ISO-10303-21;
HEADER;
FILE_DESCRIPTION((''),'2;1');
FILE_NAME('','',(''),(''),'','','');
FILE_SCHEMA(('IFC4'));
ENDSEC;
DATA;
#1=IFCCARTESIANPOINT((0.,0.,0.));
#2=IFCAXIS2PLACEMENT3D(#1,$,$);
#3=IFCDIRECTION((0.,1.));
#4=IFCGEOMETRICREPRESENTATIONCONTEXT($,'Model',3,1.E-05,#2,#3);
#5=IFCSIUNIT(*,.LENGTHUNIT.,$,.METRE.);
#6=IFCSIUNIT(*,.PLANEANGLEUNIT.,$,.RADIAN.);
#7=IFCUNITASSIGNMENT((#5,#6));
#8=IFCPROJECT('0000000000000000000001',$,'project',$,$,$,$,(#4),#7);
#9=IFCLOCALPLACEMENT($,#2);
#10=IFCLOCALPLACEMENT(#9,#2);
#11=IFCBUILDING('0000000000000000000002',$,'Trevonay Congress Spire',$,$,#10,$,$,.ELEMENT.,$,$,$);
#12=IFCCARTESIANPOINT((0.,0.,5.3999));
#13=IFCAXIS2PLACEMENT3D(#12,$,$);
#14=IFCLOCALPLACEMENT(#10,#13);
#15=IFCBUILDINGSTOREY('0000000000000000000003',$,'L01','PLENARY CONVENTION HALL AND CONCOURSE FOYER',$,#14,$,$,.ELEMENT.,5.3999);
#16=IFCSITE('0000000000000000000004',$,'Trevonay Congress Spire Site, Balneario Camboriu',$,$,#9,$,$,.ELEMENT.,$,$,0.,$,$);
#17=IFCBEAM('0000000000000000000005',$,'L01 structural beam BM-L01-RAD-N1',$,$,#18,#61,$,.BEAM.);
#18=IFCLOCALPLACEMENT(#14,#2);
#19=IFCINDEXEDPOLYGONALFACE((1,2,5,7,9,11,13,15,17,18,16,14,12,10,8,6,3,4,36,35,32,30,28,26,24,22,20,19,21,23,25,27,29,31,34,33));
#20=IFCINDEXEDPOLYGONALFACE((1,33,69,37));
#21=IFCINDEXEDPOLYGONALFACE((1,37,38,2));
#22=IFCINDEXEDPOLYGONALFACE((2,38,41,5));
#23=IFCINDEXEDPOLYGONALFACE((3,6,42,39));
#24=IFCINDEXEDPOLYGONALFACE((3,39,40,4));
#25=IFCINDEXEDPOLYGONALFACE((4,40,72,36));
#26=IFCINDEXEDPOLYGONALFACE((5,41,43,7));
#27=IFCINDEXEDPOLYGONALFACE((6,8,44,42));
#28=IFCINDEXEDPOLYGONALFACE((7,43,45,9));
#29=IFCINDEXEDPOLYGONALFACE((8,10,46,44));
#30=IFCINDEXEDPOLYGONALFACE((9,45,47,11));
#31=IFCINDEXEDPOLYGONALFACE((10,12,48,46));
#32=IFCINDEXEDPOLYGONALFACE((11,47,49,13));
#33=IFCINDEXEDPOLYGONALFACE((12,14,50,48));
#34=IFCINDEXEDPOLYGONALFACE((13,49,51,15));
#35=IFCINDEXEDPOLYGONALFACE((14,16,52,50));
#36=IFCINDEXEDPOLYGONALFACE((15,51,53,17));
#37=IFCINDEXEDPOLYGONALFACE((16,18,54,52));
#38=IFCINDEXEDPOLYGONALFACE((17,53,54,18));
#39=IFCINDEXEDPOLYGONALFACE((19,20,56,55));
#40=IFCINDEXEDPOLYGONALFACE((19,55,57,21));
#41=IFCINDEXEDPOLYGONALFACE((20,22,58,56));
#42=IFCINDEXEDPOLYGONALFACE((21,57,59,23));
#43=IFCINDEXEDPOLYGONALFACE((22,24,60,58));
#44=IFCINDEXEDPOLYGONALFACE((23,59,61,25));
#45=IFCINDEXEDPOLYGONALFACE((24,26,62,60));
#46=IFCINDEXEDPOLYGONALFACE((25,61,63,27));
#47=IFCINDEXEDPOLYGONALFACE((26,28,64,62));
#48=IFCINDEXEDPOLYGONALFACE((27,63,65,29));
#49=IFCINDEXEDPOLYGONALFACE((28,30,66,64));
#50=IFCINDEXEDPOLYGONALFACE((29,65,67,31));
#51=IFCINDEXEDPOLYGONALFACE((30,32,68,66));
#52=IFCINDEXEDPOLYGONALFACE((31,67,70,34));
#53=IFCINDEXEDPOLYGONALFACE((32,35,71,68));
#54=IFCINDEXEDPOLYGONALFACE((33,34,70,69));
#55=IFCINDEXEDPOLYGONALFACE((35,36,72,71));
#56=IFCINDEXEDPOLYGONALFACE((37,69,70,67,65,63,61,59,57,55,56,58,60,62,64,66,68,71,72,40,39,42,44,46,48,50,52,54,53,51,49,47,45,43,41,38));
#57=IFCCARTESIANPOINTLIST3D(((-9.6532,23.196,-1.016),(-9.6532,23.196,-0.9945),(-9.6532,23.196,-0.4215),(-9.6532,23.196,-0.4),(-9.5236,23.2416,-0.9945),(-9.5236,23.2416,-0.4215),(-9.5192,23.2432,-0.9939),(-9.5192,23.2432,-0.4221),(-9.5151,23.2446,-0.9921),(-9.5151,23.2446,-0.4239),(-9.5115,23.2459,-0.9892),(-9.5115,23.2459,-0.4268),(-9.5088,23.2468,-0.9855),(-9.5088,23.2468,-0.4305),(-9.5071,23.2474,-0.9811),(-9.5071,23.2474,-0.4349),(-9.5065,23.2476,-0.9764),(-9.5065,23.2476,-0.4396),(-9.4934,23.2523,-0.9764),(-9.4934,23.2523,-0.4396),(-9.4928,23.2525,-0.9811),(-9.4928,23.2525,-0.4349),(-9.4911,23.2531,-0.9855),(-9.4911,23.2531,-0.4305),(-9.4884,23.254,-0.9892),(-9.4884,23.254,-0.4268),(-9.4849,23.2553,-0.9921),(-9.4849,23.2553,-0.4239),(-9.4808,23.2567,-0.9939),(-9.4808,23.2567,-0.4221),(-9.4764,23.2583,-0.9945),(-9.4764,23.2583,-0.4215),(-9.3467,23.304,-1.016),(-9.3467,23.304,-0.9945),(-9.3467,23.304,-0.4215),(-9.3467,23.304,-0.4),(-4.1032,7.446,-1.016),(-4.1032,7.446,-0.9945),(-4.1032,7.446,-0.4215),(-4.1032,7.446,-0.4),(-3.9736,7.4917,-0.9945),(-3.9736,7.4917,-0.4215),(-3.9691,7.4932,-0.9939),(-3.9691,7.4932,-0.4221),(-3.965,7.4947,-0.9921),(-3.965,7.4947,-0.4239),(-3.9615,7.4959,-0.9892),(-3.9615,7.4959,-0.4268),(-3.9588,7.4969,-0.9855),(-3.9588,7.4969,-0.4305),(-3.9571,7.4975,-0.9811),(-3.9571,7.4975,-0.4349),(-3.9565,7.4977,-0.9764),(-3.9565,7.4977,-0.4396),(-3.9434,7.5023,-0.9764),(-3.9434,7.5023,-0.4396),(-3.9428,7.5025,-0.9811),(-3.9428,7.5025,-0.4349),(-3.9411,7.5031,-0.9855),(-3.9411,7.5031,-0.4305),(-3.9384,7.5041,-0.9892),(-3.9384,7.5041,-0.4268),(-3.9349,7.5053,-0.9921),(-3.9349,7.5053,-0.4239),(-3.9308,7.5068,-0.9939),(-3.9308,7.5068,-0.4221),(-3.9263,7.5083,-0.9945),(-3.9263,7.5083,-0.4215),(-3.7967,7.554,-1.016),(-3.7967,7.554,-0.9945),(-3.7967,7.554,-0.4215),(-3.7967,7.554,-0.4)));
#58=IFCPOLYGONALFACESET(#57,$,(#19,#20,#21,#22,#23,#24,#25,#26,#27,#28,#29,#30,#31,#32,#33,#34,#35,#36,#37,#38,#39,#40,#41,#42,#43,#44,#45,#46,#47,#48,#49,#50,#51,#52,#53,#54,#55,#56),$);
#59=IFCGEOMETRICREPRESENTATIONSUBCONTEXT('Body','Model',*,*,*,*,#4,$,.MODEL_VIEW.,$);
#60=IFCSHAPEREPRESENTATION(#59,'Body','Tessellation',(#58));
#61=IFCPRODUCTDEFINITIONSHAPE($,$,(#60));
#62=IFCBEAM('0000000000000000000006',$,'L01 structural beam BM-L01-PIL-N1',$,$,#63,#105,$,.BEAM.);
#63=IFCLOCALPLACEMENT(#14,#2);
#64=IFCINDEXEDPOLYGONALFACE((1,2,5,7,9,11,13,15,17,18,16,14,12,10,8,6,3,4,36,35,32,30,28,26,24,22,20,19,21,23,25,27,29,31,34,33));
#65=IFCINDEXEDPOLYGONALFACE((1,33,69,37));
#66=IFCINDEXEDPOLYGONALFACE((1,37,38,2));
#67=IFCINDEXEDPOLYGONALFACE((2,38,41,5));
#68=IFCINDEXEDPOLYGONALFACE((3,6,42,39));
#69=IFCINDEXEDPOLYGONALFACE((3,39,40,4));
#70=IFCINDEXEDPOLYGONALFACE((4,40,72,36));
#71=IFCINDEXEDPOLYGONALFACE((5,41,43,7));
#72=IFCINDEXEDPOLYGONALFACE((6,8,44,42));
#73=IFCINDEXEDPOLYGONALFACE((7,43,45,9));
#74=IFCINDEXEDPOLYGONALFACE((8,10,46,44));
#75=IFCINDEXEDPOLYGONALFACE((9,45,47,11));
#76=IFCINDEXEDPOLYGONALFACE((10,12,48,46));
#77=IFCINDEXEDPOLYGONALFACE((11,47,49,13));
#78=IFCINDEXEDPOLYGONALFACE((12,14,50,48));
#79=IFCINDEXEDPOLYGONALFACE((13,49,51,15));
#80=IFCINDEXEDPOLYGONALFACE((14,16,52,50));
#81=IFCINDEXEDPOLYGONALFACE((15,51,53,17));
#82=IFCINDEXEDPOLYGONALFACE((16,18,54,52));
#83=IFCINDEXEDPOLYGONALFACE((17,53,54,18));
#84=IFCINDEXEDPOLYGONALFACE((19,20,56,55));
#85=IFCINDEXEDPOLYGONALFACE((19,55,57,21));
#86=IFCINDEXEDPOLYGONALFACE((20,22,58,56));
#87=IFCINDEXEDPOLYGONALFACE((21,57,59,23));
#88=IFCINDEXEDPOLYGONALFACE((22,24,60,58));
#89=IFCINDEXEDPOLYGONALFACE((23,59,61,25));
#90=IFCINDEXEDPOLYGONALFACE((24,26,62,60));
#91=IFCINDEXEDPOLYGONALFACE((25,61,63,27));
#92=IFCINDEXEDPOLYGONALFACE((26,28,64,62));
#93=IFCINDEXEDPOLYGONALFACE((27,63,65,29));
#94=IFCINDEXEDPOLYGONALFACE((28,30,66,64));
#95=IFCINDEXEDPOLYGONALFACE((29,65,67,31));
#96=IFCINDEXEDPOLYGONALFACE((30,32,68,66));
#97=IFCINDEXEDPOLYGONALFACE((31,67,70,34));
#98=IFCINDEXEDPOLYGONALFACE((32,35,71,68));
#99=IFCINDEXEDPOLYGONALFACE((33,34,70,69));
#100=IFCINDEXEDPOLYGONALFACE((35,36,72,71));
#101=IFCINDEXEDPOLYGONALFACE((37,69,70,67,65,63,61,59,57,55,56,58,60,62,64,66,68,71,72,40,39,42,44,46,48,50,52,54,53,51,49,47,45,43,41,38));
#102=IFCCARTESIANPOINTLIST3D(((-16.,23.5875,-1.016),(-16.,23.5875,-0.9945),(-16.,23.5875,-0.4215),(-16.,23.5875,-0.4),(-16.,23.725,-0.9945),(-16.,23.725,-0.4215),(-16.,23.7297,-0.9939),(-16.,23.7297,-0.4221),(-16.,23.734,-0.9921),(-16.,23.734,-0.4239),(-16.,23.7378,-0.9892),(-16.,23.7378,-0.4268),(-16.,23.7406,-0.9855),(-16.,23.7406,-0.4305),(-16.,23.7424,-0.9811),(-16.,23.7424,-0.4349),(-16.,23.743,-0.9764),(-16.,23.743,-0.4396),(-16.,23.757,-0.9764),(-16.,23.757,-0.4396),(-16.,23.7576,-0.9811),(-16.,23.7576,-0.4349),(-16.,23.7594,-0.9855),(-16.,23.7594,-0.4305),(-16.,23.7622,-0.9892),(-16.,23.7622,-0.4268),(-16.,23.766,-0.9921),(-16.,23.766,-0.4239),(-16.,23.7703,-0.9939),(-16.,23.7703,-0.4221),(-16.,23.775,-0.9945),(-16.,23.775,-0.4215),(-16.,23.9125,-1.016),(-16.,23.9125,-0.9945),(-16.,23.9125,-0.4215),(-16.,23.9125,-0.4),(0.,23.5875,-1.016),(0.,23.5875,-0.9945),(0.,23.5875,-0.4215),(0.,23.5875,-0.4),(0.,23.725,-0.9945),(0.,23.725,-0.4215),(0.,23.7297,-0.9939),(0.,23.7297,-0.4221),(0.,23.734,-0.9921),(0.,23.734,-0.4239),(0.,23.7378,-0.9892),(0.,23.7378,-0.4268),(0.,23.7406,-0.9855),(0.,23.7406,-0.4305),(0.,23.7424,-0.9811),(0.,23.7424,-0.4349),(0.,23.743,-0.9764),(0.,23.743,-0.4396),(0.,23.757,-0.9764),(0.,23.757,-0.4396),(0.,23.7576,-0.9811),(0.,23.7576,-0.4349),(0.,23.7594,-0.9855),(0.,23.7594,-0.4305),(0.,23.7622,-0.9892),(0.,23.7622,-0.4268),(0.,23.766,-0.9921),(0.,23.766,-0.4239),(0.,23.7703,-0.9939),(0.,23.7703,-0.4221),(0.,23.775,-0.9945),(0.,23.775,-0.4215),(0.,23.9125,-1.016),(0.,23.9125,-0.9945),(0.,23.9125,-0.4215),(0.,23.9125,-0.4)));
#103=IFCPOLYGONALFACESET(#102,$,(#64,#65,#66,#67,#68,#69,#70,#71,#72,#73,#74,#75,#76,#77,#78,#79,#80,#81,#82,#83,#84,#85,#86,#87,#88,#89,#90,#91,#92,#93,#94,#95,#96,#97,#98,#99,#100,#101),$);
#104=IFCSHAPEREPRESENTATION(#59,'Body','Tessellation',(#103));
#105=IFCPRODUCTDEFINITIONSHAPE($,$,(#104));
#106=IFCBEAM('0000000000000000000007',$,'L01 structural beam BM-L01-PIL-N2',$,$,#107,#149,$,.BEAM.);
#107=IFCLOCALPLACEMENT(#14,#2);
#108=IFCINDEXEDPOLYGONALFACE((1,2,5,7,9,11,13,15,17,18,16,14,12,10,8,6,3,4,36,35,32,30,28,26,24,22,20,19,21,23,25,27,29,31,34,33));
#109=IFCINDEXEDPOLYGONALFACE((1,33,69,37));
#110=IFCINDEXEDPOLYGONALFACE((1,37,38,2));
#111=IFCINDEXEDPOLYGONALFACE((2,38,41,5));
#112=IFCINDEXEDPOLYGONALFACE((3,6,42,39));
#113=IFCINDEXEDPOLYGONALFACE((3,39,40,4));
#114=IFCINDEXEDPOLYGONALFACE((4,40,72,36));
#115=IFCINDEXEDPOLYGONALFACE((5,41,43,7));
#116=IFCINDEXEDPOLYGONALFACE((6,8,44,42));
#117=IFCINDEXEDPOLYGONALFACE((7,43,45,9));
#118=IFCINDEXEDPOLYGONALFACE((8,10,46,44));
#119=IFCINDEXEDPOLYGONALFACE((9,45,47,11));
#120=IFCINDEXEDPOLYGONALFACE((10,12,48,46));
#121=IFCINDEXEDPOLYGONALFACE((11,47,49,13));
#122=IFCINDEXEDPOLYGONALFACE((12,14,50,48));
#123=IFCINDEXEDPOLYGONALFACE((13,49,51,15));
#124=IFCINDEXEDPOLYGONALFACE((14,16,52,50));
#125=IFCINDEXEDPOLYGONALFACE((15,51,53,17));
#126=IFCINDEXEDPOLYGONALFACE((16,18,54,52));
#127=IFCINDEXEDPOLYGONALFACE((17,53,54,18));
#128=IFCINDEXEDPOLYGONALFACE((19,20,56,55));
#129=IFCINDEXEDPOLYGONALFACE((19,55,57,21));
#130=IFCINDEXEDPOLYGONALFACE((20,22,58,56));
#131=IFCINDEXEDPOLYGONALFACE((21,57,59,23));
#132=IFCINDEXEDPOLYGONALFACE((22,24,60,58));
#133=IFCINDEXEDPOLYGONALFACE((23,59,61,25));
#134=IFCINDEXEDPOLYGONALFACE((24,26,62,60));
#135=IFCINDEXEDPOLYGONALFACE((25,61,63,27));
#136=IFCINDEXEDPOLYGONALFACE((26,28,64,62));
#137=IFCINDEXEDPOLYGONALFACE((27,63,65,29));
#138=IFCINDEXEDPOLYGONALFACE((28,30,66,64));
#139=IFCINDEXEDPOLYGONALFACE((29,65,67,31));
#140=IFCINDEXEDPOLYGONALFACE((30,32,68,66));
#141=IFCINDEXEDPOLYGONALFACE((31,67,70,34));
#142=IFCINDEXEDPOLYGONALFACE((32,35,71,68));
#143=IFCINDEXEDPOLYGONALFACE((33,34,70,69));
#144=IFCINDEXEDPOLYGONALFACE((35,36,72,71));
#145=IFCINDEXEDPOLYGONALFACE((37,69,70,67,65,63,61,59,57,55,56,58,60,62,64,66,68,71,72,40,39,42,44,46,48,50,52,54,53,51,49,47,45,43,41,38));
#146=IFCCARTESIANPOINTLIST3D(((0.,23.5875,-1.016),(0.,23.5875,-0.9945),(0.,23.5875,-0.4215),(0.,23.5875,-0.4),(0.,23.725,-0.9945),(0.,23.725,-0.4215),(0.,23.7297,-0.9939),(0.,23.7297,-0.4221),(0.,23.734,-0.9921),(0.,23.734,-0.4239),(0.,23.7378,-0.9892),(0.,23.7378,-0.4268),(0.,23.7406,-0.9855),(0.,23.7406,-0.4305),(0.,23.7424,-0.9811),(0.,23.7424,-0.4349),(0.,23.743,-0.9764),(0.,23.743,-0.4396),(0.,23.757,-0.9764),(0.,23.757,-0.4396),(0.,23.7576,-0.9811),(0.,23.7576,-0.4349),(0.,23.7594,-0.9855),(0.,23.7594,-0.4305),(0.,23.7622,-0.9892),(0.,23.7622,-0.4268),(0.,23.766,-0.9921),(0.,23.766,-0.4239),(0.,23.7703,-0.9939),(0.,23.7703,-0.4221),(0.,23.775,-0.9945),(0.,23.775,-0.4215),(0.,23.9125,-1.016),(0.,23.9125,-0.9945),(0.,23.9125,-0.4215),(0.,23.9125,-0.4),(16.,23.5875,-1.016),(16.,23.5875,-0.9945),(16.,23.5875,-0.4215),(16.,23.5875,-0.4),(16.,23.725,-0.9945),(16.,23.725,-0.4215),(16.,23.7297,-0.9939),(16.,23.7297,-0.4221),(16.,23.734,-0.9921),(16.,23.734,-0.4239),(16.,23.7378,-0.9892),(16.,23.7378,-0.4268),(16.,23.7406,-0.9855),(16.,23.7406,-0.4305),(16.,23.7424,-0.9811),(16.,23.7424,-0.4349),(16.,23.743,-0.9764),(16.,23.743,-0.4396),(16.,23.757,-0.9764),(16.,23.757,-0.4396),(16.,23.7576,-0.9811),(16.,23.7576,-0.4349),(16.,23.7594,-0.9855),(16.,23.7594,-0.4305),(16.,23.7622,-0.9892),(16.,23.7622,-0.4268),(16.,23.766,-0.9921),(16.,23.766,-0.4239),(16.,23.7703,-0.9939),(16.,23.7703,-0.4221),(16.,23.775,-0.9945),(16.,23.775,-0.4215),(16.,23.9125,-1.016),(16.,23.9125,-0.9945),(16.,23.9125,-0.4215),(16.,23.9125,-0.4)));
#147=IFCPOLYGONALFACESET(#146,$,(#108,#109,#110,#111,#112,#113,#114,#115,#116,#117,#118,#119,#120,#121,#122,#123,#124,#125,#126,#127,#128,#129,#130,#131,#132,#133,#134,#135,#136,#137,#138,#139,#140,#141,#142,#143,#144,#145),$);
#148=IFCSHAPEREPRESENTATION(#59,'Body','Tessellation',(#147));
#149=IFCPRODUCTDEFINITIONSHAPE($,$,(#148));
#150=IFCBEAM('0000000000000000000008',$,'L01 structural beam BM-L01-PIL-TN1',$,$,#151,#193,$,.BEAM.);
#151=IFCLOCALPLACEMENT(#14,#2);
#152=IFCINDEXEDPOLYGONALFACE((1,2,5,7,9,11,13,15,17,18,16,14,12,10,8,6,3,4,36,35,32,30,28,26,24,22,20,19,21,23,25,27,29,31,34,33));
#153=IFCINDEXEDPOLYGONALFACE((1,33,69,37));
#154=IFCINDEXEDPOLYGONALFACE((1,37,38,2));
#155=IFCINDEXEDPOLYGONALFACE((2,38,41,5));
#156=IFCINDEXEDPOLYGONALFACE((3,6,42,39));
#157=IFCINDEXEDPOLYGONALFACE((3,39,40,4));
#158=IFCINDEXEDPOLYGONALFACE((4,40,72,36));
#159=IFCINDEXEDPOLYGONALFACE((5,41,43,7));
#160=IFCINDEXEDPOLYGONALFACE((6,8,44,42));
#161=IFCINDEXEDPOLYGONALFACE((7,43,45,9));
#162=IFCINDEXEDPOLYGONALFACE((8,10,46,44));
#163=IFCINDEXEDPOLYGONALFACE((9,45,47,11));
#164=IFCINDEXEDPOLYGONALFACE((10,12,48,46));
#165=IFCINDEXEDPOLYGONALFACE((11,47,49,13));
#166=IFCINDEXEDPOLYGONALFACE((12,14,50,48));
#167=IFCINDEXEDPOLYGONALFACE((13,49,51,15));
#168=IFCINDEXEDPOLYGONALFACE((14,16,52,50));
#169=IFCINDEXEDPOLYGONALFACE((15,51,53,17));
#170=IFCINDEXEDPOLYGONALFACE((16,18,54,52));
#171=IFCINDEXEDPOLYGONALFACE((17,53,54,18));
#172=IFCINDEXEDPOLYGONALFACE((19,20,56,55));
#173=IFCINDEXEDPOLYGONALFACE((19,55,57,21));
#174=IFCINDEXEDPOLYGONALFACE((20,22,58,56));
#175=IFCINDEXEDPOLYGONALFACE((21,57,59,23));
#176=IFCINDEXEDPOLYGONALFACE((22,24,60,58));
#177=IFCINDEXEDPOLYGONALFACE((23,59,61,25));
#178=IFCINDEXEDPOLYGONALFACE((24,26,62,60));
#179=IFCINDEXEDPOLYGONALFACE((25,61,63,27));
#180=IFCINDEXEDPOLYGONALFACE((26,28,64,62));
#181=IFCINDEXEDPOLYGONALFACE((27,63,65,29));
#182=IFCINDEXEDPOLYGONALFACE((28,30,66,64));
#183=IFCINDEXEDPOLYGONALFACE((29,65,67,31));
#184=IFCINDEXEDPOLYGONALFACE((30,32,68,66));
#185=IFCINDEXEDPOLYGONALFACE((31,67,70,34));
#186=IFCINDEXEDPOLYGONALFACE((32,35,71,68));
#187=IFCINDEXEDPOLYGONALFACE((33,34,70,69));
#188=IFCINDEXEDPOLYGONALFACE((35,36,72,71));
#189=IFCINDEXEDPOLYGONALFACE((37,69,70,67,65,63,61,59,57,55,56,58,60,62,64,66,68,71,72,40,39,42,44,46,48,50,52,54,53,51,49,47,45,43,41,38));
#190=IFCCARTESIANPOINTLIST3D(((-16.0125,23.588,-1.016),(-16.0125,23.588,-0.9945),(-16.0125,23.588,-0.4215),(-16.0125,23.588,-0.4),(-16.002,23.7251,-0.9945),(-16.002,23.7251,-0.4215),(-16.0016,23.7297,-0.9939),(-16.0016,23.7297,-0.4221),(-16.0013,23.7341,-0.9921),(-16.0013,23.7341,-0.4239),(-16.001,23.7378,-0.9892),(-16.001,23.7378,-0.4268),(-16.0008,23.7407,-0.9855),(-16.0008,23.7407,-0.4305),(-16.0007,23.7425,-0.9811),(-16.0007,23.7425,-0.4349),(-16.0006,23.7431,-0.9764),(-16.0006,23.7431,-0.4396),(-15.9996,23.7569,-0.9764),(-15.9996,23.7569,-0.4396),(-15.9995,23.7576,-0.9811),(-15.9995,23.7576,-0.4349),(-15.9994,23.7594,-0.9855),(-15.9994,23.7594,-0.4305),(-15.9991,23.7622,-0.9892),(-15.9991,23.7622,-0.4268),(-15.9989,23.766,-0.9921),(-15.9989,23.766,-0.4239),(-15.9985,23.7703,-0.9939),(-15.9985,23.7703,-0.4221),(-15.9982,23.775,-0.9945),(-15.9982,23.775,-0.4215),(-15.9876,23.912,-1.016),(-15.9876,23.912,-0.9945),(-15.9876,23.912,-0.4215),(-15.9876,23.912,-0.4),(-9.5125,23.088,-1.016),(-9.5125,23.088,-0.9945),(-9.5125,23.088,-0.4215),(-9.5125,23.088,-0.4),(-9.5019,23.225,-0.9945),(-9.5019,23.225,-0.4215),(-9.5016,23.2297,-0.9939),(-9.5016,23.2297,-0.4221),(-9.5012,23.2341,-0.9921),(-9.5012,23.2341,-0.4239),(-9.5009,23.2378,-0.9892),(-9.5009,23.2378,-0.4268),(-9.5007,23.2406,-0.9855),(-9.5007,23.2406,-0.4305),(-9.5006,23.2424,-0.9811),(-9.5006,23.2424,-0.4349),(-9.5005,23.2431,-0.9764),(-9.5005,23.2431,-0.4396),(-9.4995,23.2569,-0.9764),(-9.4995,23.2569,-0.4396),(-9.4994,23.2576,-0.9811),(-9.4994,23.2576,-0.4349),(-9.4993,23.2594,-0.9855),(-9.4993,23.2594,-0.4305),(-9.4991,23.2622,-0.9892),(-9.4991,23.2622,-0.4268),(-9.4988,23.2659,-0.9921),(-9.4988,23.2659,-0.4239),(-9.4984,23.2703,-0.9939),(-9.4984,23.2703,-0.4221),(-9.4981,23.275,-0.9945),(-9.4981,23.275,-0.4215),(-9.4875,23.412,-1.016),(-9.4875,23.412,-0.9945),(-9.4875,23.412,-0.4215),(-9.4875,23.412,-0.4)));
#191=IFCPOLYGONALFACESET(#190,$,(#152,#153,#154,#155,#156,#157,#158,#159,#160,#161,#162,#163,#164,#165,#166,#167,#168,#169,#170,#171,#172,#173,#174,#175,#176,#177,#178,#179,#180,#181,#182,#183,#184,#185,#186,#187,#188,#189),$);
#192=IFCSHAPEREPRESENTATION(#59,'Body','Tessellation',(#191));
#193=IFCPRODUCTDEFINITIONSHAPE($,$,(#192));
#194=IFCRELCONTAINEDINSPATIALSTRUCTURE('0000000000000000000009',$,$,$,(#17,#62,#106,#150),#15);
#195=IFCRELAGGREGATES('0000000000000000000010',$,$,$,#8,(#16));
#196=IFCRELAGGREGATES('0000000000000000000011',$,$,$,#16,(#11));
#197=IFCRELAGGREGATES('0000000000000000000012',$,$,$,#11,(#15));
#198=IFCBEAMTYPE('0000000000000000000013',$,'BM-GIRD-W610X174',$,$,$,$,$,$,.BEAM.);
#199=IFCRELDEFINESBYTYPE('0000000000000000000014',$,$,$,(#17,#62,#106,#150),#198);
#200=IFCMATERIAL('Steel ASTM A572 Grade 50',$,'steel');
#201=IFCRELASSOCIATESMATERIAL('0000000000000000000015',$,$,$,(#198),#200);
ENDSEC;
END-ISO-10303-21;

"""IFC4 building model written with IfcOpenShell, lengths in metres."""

from ifc_helpers import new_model, si_unit, direction, frame, origin, origin_2d, place, context, subcontext, project, spatial, i_section, extrude, material, material_profile, profile_set, type_object, element, save


model = new_model("IFC4")

# Units and contexts
model_context = context("Model", 3, precision=1e-05, world=origin(), true_north=direction((0.0, 1.0)))
body_context = subcontext(model_context, "Body", "Model", "MODEL_VIEW")
ifc_project = project(units=[si_unit("LENGTHUNIT", "METRE"), si_unit("PLANEANGLEUNIT", "RADIAN")], contexts=[model_context])

# Site, building, storey
site_placement = place(None, origin())
site = spatial("IfcSite", under=ifc_project, at=site_placement, Name="Trevonay Congress Spire Site, Balneario Camboriu", CompositionType="ELEMENT", RefElevation=0.0)
building_placement = place(site_placement, origin())
building = spatial("IfcBuilding", under=site, at=building_placement, Name="Trevonay Congress Spire", CompositionType="ELEMENT")
storey_placement = place(building_placement, frame((0.0, 0.0, 5.3999)))
storey = spatial("IfcBuildingStorey", under=building, at=storey_placement, Name="L01", Description="PLENARY CONVENTION HALL AND CONCOURSE FOYER", CompositionType="ELEMENT", Elevation=5.3999)

# Shared definitions
ifc_material_1 = material(Name="Steel ASTM A572 Grade 50", Category="steel")

# Beams
ifc_material_profile_1 = material_profile(ifc_material_1, i_section(OverallWidth=0.325, OverallDepth=0.616, WebThickness=0.0139, FlangeThickness=0.0215, FilletRadius=0.0181, at=origin_2d()), Name="W610x174")
ifc_profile_set_1 = profile_set([ifc_material_profile_1], Name="Steel ASTM A572 Grade 50")
beam_type_1 = type_object("IfcBeamType", Name="BM-GIRD-W610X174", PredefinedType="BEAM", material=ifc_profile_set_1)
beam_1_placement = place(storey_placement, frame((-3.95, 7.5, -0.708), z_axis=(-0.332353, 0.943155, 0.0), x_axis=(-0.943155, -0.332353, 0.0)))
element("IfcBeam", 1, at=beam_1_placement, inside=storey, type_object=beam_type_1, Name="L01 structural beam BM-L01-RAD-N1", PredefinedType="BEAM", context=body_context, shape_type="SweptSolid", body=[
    extrude(i_section(OverallWidth=0.325, OverallDepth=0.616, WebThickness=0.0139, FlangeThickness=0.0215, FilletRadius=0.0181, at=origin_2d()), origin(), (0.0, 0.0, 1.0), 16.6992),
])
for number, where, z_axis, x_axis, name in (
    (2, (-16.0, 23.75, -0.708), (1.0, 0.0, 0.0), (0.0, 1.0, 0.0), "L01 structural beam BM-L01-PIL-N1"),
    (3, (0.0, 23.75, -0.708), (1.0, 0.0, 0.0), (0.0, 1.0, 0.0), "L01 structural beam BM-L01-PIL-N2"),
):
    element("IfcBeam", number, at=place(storey_placement, frame(where, z_axis=z_axis, x_axis=x_axis)), inside=storey, type_object=beam_type_1, Name=name, PredefinedType="BEAM", context=body_context, shape_type="SweptSolid", body=[
        extrude(i_section(OverallWidth=0.325, OverallDepth=0.616, WebThickness=0.0139, FlangeThickness=0.0215, FilletRadius=0.0181, at=origin_2d()), origin(), (0.0, 0.0, 1.0), 16.0),
    ])
beam_2_placement = place(storey_placement, frame((-9.5, 23.25, -0.708), z_axis=(-0.997054, 0.076696, 0.0), x_axis=(-0.076696, -0.997054, 0.0)))
element("IfcBeam", 4, at=beam_2_placement, inside=storey, type_object=beam_type_1, Name="L01 structural beam BM-L01-PIL-TN1", PredefinedType="BEAM", context=body_context, shape_type="SweptSolid", body=[
    extrude(i_section(OverallWidth=0.325, OverallDepth=0.616, WebThickness=0.0139, FlangeThickness=0.0215, FilletRadius=0.0181, at=origin_2d()), origin(), (0.0, 0.0, 1.0), 6.5193),
])

save(model, "model.ifc")
